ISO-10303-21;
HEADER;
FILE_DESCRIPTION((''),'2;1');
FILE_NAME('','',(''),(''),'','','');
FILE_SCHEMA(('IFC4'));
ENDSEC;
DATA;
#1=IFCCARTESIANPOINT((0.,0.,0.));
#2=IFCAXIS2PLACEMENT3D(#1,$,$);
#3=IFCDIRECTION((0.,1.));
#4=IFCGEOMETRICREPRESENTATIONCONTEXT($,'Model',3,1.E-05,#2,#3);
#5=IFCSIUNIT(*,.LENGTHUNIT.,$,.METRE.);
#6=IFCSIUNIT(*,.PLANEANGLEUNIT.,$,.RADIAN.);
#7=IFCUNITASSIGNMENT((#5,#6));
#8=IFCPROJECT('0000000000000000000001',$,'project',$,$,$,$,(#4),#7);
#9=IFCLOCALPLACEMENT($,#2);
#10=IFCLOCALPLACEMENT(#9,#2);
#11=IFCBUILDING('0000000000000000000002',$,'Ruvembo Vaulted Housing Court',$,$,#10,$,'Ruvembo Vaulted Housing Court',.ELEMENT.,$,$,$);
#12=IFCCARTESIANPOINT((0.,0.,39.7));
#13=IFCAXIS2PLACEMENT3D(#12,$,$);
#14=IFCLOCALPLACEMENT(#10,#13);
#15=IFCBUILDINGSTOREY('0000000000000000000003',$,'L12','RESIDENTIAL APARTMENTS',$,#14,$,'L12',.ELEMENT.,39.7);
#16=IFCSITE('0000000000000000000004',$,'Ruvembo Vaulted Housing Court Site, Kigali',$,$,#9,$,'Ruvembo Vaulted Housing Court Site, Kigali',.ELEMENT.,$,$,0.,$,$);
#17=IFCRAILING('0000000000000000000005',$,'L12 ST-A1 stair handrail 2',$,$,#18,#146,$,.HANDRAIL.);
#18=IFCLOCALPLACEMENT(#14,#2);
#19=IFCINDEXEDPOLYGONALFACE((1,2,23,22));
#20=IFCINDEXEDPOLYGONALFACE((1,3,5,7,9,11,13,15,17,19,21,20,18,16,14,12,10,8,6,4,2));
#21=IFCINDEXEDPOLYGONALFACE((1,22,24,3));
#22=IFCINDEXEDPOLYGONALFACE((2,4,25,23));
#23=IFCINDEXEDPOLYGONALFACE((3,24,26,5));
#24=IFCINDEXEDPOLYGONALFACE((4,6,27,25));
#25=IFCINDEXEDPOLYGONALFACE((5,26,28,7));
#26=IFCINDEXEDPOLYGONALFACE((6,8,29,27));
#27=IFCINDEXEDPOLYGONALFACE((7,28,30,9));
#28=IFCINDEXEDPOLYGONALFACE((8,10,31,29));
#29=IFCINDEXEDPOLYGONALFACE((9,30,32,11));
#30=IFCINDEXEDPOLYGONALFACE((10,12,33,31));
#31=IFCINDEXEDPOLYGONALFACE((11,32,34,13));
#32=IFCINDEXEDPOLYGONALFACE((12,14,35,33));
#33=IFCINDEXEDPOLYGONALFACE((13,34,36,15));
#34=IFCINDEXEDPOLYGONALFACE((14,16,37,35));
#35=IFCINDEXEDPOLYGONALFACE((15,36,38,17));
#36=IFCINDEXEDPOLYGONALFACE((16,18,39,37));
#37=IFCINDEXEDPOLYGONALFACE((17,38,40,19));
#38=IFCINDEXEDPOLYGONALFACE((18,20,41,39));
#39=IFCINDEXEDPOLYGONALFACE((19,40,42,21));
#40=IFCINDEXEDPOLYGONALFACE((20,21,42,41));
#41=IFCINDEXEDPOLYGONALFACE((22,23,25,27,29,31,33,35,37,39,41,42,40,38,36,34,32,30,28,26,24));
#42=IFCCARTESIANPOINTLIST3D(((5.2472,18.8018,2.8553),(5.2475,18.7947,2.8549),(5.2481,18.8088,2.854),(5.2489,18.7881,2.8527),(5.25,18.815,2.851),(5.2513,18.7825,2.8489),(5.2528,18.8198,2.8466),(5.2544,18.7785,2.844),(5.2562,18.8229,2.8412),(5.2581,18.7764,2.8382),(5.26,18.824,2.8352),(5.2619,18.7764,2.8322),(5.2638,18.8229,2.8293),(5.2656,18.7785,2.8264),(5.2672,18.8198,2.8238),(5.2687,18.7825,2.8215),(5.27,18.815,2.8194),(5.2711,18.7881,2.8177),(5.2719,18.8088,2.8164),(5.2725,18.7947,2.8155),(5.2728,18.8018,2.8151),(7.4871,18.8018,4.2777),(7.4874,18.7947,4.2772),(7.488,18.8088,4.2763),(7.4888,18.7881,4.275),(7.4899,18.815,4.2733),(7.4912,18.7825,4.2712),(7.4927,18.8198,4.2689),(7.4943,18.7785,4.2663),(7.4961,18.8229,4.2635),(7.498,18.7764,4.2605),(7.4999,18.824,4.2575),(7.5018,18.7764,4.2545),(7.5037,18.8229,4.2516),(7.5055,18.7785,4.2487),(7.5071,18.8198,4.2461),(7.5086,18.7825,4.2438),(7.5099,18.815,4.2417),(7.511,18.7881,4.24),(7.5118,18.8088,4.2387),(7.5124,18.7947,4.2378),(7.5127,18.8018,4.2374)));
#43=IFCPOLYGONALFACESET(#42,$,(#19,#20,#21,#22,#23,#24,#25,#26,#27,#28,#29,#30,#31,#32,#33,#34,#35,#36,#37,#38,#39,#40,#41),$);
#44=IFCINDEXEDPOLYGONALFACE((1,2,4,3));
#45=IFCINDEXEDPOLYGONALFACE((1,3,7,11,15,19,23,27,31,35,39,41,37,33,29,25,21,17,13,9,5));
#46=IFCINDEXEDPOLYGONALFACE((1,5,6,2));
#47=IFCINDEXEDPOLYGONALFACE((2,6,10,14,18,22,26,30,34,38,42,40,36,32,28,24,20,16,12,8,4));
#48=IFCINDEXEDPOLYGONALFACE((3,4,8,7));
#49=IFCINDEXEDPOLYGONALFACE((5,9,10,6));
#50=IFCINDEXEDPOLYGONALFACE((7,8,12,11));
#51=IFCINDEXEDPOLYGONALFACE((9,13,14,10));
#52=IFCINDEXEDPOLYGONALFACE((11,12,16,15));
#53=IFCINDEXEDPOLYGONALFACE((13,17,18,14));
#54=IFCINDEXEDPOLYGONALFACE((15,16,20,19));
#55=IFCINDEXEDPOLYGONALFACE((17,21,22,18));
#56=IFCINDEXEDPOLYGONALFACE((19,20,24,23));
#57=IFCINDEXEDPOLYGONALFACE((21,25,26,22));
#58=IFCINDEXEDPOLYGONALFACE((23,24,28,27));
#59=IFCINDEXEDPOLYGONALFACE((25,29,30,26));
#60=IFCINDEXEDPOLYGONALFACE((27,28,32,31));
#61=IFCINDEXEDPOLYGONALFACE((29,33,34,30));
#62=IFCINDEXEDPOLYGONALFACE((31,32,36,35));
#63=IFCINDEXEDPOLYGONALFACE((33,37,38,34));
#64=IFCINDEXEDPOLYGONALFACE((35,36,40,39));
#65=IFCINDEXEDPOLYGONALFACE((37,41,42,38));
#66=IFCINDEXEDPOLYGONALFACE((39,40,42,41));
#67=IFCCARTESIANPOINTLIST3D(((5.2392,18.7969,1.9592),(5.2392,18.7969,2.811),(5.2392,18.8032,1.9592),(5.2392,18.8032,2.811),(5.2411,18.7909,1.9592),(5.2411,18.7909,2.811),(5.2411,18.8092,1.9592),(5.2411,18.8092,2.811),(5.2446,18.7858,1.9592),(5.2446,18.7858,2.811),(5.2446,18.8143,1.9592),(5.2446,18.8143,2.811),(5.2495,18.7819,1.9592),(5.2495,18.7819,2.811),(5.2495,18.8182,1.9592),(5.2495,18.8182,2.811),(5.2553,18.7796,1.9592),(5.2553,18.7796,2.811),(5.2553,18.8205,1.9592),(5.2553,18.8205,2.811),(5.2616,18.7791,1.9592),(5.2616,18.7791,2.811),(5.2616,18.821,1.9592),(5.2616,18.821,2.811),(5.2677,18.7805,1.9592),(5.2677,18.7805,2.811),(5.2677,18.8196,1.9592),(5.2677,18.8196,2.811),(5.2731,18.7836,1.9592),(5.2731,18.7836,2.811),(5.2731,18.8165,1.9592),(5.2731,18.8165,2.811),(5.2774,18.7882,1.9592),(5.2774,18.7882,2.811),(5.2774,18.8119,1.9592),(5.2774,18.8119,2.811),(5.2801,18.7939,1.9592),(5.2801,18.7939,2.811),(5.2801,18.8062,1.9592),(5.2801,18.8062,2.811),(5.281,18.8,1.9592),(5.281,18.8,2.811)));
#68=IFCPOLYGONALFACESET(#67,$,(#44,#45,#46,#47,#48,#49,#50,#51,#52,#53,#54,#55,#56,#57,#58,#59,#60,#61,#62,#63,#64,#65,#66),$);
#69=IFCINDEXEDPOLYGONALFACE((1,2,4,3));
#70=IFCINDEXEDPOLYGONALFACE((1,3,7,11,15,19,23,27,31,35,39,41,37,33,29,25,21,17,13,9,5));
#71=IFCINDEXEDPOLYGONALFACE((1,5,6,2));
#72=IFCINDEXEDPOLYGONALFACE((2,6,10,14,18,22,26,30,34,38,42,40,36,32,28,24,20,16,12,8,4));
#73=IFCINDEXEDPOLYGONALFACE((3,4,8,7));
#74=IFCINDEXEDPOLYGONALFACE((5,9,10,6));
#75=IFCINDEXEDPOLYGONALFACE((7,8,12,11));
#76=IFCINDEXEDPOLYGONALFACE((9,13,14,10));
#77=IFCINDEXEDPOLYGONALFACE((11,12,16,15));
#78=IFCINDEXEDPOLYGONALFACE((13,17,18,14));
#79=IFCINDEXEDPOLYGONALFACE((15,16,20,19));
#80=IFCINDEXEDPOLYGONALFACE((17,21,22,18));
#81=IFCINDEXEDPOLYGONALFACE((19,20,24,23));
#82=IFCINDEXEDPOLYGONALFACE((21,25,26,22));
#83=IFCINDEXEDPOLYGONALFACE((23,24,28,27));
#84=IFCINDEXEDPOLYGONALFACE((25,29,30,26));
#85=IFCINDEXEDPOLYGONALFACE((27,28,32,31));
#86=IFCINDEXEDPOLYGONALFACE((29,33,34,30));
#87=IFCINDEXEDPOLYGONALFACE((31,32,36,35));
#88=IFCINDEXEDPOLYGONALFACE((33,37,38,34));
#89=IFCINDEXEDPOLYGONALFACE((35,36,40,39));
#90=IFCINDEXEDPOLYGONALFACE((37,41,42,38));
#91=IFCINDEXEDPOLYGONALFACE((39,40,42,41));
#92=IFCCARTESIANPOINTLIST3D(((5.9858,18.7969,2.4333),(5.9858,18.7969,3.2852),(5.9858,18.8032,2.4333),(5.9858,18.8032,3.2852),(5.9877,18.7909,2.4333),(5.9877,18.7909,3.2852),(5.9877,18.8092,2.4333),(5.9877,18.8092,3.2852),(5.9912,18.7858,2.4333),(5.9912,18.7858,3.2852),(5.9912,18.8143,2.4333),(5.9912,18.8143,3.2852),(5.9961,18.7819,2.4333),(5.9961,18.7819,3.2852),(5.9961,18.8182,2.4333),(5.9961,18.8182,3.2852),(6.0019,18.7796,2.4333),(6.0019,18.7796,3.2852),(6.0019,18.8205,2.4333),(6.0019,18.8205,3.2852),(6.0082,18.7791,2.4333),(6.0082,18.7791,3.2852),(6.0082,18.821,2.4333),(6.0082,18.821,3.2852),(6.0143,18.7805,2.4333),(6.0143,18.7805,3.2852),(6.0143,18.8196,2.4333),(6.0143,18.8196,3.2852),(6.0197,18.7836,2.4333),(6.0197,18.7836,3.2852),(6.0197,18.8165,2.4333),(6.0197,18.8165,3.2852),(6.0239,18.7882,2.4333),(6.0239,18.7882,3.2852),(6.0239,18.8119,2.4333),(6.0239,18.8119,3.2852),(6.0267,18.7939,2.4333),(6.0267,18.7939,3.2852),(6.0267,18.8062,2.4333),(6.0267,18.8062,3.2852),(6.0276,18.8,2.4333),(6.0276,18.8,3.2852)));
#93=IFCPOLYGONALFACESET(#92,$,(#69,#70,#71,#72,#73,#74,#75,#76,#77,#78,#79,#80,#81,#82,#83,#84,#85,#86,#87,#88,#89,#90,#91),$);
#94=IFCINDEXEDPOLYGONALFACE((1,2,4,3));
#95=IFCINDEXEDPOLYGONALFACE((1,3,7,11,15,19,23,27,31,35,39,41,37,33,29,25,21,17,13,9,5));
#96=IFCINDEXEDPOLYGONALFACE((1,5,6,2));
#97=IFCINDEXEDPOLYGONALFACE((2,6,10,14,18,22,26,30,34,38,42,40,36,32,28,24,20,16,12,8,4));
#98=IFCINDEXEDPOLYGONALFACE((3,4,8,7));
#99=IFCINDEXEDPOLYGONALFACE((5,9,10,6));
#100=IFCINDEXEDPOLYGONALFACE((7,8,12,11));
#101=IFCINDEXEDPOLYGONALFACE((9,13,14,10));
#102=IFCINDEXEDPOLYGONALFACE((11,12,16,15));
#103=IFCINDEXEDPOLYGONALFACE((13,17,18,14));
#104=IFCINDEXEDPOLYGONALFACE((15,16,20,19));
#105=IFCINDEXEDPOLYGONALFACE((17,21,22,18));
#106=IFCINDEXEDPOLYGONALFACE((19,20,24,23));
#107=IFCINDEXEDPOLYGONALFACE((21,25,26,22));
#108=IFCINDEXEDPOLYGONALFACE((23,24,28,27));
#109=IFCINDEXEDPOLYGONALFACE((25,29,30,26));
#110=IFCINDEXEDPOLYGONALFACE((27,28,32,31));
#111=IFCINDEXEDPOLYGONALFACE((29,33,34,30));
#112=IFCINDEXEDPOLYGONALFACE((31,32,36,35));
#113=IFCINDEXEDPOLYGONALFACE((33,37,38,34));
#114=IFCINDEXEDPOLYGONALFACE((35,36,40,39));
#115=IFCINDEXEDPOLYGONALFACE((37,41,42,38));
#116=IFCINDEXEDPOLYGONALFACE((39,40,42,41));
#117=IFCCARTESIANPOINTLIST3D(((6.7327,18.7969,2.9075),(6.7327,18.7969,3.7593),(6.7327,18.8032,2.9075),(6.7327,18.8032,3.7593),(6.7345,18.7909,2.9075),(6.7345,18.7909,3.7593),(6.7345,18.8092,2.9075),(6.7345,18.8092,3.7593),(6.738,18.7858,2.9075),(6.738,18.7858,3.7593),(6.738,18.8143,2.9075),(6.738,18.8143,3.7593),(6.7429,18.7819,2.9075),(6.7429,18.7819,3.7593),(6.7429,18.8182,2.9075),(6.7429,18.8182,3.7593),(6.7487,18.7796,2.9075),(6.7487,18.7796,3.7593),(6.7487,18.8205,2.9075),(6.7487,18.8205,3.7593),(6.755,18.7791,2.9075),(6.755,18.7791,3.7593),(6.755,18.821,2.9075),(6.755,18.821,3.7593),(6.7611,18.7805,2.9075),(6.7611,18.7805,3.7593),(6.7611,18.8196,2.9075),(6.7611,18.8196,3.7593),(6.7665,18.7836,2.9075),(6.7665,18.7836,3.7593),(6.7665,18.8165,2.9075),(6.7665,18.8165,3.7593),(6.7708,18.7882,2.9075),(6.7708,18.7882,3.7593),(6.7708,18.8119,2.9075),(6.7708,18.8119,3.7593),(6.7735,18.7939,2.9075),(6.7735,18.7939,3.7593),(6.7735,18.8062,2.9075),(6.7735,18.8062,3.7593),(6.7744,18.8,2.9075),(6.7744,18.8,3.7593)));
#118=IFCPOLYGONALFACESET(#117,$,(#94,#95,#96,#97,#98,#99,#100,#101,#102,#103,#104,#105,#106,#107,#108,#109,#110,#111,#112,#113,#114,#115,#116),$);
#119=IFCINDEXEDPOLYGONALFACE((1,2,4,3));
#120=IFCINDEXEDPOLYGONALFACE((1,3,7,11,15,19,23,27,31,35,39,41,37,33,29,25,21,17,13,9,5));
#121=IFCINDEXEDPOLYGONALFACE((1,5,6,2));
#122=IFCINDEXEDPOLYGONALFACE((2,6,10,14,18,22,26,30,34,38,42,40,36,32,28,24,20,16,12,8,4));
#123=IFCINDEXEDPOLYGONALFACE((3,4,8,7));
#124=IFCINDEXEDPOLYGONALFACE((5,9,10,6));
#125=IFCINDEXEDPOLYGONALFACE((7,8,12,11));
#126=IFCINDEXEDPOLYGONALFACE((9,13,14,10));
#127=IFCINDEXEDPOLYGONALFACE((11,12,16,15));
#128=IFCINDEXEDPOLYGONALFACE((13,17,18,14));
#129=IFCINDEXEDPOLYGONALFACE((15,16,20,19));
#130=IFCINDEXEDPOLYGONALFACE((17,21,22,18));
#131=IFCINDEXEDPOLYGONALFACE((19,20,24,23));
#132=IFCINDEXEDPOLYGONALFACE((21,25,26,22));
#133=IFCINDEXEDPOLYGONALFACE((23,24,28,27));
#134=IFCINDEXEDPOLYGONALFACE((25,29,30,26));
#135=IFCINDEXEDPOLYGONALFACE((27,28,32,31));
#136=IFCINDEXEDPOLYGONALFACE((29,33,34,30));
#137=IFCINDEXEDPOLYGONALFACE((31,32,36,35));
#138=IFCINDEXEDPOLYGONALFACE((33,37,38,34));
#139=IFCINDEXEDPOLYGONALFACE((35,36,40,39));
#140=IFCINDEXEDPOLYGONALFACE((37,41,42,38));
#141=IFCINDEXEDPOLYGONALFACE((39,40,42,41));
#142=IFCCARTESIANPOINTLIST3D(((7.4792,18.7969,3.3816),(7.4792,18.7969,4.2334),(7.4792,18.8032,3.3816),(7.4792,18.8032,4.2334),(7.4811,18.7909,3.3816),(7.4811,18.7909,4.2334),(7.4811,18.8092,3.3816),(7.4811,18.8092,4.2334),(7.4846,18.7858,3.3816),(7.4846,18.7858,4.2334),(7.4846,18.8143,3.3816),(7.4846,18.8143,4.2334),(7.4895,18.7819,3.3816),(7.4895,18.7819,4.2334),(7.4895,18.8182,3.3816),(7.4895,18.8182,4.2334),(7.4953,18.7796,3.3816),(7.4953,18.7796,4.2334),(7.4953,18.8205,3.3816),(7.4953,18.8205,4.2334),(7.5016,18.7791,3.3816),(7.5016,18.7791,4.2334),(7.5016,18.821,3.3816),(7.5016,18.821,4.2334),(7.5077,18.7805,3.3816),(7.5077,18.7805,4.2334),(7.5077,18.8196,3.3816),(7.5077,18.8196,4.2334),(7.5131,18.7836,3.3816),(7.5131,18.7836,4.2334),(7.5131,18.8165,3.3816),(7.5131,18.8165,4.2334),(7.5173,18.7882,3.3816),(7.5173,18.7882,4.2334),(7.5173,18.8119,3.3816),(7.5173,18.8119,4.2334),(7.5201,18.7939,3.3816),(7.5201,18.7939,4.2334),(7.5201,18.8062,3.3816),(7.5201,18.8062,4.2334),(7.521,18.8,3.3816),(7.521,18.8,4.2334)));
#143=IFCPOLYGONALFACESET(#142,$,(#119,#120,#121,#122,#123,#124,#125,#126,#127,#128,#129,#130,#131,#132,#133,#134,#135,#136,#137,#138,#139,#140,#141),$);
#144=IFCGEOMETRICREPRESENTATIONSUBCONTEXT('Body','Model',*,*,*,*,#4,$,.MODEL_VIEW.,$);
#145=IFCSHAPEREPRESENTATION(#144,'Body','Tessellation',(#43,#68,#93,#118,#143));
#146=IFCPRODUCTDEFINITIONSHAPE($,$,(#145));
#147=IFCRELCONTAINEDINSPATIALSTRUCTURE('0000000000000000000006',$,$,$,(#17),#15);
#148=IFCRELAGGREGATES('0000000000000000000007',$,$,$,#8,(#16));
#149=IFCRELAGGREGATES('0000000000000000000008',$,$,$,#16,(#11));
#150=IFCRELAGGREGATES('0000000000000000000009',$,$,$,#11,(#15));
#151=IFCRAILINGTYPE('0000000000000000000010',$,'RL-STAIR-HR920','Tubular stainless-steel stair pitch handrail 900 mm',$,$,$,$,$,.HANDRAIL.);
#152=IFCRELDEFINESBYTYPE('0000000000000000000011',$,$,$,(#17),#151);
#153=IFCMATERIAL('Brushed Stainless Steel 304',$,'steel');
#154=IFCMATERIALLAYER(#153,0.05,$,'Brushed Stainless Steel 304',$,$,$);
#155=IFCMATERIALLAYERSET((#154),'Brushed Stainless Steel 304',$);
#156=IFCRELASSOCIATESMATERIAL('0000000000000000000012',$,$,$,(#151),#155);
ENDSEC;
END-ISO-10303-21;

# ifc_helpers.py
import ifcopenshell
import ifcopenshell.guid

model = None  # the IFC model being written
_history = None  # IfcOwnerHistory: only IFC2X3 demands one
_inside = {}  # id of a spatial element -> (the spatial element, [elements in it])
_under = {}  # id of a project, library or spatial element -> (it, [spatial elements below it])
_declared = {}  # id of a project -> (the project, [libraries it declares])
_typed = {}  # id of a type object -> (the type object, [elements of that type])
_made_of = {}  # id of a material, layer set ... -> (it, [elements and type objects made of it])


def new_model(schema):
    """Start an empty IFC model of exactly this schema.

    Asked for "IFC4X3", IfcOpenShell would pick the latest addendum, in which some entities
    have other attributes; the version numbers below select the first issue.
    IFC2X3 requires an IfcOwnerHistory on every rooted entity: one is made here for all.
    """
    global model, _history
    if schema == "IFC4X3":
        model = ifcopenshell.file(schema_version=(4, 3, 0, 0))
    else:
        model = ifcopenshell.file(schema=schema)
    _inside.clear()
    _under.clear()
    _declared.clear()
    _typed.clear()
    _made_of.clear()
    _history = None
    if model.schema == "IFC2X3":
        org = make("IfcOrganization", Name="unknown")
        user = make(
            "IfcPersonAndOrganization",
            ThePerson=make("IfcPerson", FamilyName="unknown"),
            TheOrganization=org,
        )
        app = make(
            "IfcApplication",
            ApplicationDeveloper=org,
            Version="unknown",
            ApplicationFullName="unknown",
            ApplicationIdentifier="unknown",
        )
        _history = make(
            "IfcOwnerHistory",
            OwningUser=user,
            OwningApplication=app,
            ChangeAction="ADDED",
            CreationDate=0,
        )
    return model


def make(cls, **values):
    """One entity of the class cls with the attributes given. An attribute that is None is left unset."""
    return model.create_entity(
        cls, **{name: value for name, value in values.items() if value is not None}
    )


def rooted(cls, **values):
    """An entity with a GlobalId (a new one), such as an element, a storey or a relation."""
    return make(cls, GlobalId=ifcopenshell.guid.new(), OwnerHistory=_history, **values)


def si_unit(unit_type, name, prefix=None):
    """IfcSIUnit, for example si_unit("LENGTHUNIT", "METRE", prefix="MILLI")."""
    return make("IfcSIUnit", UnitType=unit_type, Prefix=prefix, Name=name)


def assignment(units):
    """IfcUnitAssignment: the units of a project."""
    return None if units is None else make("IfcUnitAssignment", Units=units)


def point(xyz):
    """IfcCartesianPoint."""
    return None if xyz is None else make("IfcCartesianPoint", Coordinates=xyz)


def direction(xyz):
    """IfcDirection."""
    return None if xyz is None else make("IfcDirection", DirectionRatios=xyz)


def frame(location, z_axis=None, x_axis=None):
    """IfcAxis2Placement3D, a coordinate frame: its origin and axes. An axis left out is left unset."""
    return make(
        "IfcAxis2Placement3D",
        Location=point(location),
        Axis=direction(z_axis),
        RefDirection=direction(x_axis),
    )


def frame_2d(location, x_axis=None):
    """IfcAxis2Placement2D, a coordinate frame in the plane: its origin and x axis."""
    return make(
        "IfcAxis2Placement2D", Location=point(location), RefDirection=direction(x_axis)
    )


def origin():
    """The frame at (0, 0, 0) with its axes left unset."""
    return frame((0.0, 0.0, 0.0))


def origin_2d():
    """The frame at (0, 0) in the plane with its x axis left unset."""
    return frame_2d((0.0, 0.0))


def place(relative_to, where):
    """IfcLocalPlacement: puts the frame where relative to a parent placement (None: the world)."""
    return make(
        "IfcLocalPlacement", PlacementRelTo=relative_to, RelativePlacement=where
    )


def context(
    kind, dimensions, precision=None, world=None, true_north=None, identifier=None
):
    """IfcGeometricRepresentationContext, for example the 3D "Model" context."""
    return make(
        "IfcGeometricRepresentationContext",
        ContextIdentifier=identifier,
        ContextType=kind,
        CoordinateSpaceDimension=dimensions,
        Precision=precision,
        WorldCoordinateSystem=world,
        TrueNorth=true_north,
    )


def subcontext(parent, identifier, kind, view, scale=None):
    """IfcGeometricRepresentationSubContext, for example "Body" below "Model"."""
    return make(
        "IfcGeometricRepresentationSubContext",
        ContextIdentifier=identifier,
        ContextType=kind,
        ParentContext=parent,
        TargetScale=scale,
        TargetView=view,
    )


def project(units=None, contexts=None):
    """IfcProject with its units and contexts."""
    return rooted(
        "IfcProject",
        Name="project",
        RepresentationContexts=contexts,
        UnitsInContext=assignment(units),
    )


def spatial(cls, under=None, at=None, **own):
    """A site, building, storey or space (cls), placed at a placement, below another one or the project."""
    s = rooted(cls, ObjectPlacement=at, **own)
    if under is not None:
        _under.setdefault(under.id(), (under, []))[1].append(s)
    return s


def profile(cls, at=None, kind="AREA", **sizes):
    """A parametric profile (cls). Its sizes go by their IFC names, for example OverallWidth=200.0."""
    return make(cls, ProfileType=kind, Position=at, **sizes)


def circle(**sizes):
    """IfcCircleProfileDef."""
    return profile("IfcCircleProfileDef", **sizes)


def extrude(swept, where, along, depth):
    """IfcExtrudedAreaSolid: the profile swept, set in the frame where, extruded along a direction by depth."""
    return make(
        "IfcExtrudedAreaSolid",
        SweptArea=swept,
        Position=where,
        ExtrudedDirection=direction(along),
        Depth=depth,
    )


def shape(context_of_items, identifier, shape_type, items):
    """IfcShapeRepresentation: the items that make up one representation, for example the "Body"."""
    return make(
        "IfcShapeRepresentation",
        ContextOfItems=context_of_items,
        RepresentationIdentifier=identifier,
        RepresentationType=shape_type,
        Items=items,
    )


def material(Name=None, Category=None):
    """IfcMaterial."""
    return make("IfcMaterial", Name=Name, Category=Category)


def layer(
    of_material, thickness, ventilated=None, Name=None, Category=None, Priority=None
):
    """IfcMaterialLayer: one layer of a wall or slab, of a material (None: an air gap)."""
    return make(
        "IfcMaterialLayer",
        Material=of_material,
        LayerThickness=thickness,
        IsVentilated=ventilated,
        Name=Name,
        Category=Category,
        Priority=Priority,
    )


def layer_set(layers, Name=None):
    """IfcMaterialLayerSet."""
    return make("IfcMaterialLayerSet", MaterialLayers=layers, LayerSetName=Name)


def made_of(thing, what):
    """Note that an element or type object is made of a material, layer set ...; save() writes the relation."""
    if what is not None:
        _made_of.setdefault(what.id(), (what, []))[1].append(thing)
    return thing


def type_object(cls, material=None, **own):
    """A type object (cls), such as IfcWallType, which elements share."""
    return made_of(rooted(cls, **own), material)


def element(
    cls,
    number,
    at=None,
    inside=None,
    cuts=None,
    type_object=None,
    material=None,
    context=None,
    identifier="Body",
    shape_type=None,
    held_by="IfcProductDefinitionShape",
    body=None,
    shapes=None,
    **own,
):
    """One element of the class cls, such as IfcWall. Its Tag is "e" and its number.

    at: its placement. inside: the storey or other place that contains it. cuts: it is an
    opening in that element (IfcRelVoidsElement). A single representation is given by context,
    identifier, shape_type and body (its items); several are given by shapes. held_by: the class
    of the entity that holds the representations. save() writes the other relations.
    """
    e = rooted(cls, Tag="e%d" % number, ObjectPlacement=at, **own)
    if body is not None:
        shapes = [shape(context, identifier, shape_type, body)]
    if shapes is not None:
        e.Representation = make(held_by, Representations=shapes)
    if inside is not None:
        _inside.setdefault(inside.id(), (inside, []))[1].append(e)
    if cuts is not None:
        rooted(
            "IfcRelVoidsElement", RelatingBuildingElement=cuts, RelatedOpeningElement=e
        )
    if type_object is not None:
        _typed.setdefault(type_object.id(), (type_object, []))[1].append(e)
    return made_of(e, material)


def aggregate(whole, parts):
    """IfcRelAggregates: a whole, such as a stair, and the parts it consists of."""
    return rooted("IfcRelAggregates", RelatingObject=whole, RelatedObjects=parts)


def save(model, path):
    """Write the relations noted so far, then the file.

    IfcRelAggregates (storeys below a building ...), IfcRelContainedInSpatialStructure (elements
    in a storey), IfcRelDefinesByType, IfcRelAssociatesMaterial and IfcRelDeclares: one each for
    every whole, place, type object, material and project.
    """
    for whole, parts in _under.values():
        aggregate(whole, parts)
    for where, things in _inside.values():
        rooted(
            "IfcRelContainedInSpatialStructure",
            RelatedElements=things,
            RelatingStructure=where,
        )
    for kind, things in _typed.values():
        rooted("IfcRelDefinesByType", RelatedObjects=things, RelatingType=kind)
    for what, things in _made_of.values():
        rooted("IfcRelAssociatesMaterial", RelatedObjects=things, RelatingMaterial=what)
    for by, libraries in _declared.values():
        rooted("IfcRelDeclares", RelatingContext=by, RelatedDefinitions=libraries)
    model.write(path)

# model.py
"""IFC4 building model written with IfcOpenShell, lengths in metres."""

from ifc_helpers import new_model, si_unit, direction, frame, origin, origin_2d, place, context, subcontext, project, spatial, circle, extrude, material, layer, layer_set, type_object, element, save


model = new_model("IFC4")

# Units and contexts
model_context = context("Model", 3, precision=1e-05, world=origin(), true_north=direction((0.0, 1.0)))
body_context = subcontext(model_context, "Body", "Model", "MODEL_VIEW")
ifc_project = project(units=[si_unit("LENGTHUNIT", "METRE"), si_unit("PLANEANGLEUNIT", "RADIAN")], contexts=[model_context])

# Site, building, storey
site_placement = place(None, origin())
site = spatial("IfcSite", under=ifc_project, at=site_placement, Name="Ruvembo Vaulted Housing Court Site, Kigali", LongName="Ruvembo Vaulted Housing Court Site, Kigali", CompositionType="ELEMENT", RefElevation=0.0)
building_placement = place(site_placement, origin())
building = spatial("IfcBuilding", under=site, at=building_placement, Name="Ruvembo Vaulted Housing Court", LongName="Ruvembo Vaulted Housing Court", CompositionType="ELEMENT")
storey_placement = place(building_placement, frame((0.0, 0.0, 39.7)))
storey = spatial("IfcBuildingStorey", under=building, at=storey_placement, Name="L12", Description="RESIDENTIAL APARTMENTS", LongName="L12", CompositionType="ELEMENT", Elevation=39.7)

# Shared definitions
ifc_material_1 = material(Name="Brushed Stainless Steel 304", Category="steel")

# Railing
ifc_layer_1 = layer(ifc_material_1, 0.05, Name="Brushed Stainless Steel 304")
ifc_layer_set_1 = layer_set([ifc_layer_1], Name="Brushed Stainless Steel 304")
railing_type_1 = type_object("IfcRailingType", Name="RL-STAIR-HR920", Description="Tubular stainless-steel stair pitch handrail 900 mm", PredefinedType="HANDRAIL", material=ifc_layer_set_1)
railing_1_placement = place(storey_placement, frame((5.26, 18.8, 1.9592)))
element("IfcRailing", 1, at=railing_1_placement, inside=storey, type_object=railing_type_1, Name="L12 ST-A1 stair handrail 2", PredefinedType="HANDRAIL", context=body_context, shape_type="SweptSolid", body=[
    extrude(circle(Radius=0.0239, at=origin_2d()), frame((0.0, 0.0, 0.876), z_axis=(0.844188, 0.0, 0.536048), x_axis=(0.0, 1.0, 0.0)), (0.0, 0.0, 1.0), 2.6533),
    extrude(circle(Radius=0.021, at=origin_2d()), origin(), (0.0, 0.0, 1.0), 0.8518),
    extrude(circle(Radius=0.021, at=origin_2d()), frame((0.7466, 0.0, 0.4741)), (0.0, 0.0, 1.0), 0.8518),
    extrude(circle(Radius=0.021, at=origin_2d()), frame((1.4934, 0.0, 0.9482)), (0.0, 0.0, 1.0), 0.8518),
    extrude(circle(Radius=0.021, at=origin_2d()), frame((2.24, 0.0, 1.4224)), (0.0, 0.0, 1.0), 0.8518),
])

save(model, "model.ifc")
